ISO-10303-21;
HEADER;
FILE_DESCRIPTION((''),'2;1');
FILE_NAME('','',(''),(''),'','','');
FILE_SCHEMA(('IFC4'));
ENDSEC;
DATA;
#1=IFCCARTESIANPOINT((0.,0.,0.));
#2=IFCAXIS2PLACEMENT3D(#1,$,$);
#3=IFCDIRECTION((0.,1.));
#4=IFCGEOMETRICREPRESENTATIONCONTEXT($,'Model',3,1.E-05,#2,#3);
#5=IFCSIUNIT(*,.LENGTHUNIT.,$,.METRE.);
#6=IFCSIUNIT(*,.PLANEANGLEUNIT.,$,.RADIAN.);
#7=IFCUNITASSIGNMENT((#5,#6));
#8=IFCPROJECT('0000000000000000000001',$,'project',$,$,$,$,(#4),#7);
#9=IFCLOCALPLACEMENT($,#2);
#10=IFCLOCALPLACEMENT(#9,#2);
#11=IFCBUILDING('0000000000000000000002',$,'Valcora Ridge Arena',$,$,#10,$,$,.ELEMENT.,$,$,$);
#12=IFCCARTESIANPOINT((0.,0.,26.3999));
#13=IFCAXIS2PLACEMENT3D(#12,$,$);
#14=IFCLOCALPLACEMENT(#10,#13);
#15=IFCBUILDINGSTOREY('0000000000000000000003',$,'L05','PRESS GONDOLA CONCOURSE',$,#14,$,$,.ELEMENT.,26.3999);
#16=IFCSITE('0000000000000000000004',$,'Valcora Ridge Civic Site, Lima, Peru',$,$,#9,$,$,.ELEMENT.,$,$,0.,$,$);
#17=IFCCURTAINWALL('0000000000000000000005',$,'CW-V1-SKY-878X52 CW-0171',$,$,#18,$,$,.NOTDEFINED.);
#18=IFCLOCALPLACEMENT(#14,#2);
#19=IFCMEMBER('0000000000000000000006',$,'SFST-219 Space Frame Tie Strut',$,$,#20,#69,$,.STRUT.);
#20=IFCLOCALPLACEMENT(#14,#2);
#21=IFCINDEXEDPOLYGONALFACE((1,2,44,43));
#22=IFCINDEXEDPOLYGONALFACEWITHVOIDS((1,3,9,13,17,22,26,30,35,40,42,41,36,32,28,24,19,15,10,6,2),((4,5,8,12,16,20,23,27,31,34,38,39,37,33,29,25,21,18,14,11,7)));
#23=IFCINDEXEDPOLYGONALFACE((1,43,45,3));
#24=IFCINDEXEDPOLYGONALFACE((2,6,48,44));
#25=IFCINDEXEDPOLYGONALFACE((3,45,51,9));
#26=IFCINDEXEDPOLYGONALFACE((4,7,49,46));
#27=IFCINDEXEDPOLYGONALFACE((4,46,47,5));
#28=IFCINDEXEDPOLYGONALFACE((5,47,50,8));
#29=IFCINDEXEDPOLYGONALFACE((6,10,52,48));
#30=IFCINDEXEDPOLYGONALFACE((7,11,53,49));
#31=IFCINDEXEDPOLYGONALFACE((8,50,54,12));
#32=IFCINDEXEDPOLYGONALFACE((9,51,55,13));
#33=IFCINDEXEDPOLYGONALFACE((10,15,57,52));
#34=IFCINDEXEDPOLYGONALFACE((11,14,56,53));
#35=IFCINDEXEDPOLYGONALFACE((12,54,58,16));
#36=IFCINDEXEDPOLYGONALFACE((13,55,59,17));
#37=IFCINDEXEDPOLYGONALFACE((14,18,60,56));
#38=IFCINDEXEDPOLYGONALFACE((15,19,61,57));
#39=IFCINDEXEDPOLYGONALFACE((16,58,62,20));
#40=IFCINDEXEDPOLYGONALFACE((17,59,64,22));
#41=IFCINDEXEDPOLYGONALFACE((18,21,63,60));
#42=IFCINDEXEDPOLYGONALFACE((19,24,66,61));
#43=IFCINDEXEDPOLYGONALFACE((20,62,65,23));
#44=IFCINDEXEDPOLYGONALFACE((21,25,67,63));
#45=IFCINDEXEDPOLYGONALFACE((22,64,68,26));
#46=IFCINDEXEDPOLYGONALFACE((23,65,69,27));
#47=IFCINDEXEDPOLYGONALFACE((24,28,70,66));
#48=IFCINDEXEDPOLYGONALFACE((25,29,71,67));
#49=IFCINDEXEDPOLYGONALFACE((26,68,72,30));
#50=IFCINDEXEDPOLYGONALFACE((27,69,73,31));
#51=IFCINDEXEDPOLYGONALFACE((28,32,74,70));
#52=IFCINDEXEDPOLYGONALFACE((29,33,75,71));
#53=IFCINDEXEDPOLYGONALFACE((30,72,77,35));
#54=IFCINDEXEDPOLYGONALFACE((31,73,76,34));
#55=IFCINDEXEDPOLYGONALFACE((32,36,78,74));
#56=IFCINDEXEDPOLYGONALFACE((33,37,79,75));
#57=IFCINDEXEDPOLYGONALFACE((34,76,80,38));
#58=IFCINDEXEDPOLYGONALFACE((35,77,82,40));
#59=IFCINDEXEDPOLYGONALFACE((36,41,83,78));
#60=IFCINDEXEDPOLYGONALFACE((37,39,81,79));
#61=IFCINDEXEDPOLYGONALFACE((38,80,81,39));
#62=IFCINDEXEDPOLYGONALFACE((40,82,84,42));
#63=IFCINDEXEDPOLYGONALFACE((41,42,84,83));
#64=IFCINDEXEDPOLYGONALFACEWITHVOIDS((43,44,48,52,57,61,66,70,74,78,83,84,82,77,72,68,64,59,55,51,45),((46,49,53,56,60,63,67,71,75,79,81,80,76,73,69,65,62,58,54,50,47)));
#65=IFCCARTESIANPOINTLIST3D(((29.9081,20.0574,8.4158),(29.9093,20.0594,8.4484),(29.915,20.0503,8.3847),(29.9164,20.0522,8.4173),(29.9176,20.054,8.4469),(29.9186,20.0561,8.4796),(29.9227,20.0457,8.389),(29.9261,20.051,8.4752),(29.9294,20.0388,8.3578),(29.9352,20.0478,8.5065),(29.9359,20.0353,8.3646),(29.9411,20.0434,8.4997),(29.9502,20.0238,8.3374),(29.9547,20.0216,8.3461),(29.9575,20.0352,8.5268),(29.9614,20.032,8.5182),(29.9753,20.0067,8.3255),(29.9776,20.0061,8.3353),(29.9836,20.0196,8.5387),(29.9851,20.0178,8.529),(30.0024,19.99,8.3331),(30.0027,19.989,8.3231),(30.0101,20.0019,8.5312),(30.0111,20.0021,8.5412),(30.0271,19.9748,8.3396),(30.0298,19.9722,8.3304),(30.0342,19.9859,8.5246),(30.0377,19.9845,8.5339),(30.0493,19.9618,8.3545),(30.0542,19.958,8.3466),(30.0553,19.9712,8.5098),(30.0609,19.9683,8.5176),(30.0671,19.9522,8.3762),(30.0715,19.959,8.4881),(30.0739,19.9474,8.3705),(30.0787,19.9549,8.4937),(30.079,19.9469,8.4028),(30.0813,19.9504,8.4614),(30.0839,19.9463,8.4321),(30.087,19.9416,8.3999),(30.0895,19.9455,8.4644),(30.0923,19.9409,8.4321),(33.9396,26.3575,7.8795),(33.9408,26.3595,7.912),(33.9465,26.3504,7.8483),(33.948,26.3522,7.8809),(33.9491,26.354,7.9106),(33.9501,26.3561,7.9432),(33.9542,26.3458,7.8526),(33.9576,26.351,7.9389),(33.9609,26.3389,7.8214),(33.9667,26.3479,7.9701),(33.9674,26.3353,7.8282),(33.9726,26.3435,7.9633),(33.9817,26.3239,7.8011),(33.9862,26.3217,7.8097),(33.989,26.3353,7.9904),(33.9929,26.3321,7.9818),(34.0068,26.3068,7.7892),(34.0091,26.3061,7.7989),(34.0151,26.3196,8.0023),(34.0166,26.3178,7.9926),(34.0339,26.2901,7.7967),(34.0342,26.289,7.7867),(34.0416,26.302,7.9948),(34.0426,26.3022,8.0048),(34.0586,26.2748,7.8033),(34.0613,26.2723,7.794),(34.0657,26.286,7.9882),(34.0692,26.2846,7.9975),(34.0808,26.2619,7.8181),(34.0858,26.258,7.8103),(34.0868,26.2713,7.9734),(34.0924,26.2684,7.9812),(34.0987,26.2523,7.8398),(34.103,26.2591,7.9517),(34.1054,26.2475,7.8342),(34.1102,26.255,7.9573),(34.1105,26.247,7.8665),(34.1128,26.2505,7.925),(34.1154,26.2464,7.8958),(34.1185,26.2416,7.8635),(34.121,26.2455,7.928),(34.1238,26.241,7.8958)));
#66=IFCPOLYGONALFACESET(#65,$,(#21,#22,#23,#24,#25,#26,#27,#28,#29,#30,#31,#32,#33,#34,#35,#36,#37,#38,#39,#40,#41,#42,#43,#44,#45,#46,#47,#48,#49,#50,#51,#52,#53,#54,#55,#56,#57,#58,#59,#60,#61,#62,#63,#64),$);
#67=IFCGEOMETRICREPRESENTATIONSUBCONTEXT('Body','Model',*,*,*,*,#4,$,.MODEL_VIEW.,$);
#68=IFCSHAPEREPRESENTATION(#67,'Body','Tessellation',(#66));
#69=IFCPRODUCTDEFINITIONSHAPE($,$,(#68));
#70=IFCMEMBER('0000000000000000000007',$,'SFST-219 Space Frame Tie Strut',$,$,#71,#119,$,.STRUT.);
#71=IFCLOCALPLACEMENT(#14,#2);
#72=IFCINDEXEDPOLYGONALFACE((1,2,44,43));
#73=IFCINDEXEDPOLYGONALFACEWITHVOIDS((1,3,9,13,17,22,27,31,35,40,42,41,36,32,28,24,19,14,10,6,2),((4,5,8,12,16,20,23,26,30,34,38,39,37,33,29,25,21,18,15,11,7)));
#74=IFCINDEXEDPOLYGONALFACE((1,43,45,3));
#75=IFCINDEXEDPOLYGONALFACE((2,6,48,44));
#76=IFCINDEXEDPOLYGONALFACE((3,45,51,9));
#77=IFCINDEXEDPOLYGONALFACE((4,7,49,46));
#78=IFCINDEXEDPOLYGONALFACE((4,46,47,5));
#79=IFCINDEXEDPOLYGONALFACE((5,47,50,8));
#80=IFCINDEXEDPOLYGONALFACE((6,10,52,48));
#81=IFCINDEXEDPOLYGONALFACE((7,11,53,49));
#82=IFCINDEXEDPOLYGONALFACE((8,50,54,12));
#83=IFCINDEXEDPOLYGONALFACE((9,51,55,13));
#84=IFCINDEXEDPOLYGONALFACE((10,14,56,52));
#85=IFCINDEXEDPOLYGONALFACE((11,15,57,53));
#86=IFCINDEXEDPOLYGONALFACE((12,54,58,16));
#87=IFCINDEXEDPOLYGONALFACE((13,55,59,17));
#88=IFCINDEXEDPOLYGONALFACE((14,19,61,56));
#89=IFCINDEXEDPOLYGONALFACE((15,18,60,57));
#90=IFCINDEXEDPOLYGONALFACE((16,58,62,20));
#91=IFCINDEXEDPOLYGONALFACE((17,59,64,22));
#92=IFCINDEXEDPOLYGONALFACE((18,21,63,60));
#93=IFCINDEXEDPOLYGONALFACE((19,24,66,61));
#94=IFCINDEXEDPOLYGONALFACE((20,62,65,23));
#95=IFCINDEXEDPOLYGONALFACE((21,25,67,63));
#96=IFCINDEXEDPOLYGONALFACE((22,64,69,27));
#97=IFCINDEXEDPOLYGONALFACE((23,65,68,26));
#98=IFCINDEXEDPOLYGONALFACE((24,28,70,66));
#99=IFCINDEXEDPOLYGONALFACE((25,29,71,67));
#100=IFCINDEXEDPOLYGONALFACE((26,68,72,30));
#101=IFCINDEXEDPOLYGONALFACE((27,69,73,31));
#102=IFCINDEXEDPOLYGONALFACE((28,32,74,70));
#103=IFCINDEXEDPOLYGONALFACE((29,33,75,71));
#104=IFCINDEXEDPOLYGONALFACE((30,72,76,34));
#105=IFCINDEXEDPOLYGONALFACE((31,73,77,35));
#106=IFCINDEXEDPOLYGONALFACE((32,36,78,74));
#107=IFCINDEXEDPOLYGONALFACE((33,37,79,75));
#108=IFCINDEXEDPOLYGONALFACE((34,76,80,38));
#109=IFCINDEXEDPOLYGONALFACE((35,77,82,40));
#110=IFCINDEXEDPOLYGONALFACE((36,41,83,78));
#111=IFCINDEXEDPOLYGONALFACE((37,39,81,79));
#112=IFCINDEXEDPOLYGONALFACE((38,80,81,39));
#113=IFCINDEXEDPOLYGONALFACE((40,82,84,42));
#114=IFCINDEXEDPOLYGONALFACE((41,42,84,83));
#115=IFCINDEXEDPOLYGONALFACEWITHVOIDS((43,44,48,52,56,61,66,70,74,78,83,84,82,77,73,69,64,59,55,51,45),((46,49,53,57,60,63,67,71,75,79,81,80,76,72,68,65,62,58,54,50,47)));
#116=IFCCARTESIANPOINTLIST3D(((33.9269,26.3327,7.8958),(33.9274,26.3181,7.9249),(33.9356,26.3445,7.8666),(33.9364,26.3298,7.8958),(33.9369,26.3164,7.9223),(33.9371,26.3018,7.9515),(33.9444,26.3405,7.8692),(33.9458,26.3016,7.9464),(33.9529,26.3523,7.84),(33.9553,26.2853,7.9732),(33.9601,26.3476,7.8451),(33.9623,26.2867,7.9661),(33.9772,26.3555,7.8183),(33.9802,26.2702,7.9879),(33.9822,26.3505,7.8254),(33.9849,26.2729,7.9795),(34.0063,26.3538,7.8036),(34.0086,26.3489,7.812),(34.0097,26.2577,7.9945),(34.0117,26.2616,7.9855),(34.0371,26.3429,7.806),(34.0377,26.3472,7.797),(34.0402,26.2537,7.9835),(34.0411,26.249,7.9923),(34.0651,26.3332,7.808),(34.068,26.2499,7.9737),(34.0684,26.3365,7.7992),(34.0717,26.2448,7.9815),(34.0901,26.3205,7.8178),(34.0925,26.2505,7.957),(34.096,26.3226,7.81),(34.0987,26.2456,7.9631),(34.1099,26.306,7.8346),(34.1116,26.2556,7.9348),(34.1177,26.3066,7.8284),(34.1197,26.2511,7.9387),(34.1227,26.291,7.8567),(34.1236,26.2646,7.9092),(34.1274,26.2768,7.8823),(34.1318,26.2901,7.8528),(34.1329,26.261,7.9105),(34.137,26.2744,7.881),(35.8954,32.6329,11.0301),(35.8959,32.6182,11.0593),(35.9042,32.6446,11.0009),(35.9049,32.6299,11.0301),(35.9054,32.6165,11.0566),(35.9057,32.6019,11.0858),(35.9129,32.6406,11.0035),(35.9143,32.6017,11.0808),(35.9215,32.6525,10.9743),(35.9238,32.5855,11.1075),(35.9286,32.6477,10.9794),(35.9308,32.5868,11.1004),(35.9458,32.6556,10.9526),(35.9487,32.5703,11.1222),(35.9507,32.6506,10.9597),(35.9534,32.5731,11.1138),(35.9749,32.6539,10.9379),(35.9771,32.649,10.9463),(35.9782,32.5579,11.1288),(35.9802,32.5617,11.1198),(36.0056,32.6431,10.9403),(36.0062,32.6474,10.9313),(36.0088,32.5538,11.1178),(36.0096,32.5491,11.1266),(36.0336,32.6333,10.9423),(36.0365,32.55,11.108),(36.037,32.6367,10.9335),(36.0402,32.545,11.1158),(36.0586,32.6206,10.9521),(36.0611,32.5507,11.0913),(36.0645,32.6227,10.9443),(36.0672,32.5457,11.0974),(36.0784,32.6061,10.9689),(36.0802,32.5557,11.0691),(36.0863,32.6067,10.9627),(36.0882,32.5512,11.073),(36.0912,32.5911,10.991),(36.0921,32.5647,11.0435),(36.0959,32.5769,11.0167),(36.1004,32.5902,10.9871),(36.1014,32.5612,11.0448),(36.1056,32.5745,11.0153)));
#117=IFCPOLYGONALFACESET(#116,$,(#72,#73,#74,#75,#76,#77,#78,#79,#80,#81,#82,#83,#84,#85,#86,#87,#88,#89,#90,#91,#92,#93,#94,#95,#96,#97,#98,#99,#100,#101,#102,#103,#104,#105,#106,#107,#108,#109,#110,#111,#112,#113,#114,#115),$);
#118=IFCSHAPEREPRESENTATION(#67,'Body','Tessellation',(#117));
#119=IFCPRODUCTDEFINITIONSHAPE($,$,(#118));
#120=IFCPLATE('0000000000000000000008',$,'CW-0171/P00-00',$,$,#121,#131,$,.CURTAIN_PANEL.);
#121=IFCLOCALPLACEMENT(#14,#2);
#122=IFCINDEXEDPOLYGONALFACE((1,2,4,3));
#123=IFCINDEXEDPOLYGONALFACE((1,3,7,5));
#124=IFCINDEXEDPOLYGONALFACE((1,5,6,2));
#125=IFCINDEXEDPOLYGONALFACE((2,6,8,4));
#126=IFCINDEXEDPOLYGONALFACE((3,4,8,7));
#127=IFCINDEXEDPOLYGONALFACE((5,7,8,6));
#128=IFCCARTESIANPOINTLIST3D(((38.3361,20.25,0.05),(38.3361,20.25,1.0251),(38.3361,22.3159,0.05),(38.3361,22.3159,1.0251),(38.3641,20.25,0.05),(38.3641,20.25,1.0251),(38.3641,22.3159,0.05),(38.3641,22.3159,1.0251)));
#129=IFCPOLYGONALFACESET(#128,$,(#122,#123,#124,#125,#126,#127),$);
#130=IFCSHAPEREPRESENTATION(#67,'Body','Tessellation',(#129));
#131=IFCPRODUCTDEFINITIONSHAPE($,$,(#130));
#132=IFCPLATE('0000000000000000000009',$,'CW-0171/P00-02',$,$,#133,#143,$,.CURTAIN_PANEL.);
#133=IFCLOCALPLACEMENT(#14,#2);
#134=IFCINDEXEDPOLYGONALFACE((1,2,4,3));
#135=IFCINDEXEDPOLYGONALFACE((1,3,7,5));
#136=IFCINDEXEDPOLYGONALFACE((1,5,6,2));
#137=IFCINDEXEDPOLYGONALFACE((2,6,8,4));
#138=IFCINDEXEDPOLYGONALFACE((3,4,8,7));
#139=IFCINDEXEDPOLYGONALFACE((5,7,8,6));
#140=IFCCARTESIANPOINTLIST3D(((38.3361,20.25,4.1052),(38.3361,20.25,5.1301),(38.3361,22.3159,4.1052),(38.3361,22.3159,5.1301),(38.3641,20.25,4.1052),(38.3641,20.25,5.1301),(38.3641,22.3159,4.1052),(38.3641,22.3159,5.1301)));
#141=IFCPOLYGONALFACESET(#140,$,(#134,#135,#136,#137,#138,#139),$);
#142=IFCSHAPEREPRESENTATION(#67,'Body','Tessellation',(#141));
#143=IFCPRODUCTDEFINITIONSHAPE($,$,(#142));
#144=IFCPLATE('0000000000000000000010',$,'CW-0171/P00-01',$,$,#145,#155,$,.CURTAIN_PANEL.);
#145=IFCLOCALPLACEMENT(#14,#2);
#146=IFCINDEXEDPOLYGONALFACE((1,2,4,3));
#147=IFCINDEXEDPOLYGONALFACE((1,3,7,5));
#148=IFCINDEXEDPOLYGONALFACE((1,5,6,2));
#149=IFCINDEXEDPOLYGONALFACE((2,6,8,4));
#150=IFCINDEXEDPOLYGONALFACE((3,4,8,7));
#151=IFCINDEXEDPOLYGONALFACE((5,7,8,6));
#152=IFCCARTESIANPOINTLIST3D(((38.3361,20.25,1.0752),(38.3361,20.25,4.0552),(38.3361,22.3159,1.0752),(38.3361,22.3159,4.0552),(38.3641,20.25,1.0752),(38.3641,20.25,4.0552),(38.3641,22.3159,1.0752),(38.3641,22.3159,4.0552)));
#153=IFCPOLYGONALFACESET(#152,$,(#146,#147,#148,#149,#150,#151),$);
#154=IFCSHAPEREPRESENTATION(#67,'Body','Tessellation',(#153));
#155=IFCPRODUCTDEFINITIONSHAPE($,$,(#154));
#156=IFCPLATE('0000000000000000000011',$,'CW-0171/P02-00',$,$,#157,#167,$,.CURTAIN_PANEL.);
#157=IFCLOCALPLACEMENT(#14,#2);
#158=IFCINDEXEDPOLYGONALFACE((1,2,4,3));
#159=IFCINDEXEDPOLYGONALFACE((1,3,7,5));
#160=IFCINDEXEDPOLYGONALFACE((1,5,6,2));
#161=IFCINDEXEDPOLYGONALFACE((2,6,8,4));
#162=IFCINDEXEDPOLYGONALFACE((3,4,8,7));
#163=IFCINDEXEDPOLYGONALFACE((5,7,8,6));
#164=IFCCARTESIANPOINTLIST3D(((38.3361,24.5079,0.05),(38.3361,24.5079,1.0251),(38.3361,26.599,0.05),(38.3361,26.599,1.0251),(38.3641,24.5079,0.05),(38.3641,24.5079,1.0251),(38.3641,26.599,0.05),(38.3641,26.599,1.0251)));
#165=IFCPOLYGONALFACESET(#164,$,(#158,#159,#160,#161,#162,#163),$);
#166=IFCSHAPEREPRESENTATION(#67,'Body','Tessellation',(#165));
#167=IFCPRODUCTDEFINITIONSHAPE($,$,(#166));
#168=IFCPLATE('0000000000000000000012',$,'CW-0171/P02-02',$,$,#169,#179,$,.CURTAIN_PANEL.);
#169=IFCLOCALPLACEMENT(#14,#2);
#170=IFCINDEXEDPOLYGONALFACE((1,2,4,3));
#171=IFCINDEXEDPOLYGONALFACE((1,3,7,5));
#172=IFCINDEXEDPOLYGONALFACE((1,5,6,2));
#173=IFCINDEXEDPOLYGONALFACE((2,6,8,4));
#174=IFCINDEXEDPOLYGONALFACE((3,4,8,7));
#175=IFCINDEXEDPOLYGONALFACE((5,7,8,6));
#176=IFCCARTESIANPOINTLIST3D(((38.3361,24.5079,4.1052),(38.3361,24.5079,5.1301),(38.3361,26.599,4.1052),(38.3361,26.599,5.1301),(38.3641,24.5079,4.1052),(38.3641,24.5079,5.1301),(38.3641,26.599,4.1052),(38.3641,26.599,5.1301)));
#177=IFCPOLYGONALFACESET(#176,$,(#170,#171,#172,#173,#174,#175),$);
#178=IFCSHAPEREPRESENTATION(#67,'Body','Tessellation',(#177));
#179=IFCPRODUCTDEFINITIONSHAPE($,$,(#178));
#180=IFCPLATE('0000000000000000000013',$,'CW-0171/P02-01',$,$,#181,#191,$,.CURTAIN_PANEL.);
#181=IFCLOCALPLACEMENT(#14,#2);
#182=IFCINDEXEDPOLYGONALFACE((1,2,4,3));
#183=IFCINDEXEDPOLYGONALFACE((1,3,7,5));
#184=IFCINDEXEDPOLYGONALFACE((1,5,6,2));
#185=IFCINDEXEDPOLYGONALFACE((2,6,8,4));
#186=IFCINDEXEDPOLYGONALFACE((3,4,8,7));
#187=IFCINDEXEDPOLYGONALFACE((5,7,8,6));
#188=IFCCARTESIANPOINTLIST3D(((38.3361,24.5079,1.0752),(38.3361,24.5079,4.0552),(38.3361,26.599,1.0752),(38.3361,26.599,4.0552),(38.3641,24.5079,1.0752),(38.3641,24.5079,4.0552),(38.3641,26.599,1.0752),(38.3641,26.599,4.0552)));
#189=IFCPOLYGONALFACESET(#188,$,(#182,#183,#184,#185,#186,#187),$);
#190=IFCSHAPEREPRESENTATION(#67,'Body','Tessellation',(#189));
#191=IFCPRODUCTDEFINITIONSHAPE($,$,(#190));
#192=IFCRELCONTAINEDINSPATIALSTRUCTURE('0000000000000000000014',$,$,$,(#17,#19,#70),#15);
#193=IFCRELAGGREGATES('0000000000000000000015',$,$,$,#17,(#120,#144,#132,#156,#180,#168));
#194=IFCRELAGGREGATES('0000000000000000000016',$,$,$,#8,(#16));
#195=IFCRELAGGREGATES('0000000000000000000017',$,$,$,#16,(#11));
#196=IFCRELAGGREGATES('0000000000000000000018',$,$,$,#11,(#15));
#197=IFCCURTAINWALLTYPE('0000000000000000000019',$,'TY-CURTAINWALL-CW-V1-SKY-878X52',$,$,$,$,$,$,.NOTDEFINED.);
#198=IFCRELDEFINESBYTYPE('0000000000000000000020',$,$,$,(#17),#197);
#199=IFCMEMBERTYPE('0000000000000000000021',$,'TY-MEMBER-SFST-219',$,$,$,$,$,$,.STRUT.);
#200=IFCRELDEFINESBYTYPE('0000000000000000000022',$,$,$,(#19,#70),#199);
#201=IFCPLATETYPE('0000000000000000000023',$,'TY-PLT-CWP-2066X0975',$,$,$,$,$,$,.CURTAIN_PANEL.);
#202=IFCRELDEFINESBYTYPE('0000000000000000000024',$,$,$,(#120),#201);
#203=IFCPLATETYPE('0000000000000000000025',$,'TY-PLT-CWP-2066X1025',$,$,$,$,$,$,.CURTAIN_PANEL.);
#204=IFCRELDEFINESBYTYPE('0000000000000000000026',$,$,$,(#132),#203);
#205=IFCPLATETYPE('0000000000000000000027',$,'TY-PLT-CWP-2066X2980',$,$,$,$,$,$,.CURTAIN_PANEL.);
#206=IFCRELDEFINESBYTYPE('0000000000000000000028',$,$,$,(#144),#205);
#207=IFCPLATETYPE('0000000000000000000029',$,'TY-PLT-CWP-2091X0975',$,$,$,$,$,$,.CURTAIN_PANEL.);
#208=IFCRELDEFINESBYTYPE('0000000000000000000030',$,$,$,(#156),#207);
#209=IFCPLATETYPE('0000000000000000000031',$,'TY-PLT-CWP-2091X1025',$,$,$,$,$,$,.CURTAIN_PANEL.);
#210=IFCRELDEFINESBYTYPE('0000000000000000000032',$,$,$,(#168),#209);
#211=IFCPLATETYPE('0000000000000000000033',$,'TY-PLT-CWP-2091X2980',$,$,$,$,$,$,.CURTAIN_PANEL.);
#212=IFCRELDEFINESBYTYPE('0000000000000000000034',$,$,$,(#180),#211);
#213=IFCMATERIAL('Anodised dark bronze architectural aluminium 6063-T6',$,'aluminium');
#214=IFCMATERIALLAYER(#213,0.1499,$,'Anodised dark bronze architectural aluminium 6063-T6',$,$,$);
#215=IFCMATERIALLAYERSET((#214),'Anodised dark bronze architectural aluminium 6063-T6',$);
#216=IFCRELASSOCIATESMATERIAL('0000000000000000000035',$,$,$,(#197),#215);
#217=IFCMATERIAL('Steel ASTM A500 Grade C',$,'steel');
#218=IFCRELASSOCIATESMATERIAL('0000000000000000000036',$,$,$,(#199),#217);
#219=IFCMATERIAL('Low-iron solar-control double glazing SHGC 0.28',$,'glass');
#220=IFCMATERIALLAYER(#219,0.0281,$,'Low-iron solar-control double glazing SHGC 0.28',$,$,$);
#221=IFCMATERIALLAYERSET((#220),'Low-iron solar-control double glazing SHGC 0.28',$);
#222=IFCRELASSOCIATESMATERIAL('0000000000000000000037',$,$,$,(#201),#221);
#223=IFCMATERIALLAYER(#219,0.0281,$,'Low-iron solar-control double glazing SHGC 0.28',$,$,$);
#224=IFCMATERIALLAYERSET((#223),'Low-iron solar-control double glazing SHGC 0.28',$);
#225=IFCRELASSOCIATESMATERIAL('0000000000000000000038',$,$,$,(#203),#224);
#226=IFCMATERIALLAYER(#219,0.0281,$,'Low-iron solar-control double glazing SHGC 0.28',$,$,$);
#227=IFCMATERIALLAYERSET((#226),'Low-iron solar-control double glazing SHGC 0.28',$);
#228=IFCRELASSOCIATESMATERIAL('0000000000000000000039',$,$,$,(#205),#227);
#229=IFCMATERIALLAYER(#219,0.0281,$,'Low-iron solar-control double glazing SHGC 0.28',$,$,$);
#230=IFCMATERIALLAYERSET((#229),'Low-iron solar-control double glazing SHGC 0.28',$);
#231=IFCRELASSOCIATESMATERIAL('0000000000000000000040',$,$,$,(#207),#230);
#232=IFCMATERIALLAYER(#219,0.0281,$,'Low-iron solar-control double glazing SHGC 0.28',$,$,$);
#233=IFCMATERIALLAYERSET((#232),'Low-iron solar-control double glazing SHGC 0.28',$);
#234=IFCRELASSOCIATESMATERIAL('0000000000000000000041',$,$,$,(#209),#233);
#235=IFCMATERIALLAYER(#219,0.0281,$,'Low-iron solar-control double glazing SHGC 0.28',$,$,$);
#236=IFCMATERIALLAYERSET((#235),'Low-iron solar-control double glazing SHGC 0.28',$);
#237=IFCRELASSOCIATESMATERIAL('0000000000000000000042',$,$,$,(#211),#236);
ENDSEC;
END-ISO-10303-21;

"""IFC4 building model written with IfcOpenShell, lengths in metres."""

from ifc_helpers import new_model, si_unit, direction, frame, origin, origin_2d, place, context, subcontext, project, spatial, rectangle, hollow_circle, extrude, material, layer, layer_set, material_profile, profile_set, type_object, element, aggregate, save


model = new_model("IFC4")

# Units and contexts
model_context = context("Model", 3, precision=1e-05, world=origin(), true_north=direction((0.0, 1.0)))
body_context = subcontext(model_context, "Body", "Model", "MODEL_VIEW")
ifc_project = project(units=[si_unit("LENGTHUNIT", "METRE"), si_unit("PLANEANGLEUNIT", "RADIAN")], contexts=[model_context])

# Site, building, storey
site_placement = place(None, origin())
site = spatial("IfcSite", under=ifc_project, at=site_placement, Name="Valcora Ridge Civic Site, Lima, Peru", CompositionType="ELEMENT", RefElevation=0.0)
building_placement = place(site_placement, origin())
building = spatial("IfcBuilding", under=site, at=building_placement, Name="Valcora Ridge Arena", CompositionType="ELEMENT")
storey_placement = place(building_placement, frame((0.0, 0.0, 26.3999)))
storey = spatial("IfcBuildingStorey", under=building, at=storey_placement, Name="L05", Description="PRESS GONDOLA CONCOURSE", CompositionType="ELEMENT", Elevation=26.3999)

# Curtain wall
ifc_material_1 = material(Name="Anodised dark bronze architectural aluminium 6063-T6", Category="aluminium")
ifc_layer_1 = layer(ifc_material_1, 0.1499, Name="Anodised dark bronze architectural aluminium 6063-T6")
ifc_layer_set_1 = layer_set([ifc_layer_1], Name="Anodised dark bronze architectural aluminium 6063-T6")
curtain_wall_type = type_object("IfcCurtainWallType", Name="TY-CURTAINWALL-CW-V1-SKY-878X52", PredefinedType="NOTDEFINED", material=ifc_layer_set_1)
curtain_wall_placement = place(storey_placement, origin())
curtain_wall = element("IfcCurtainWall", 1, at=curtain_wall_placement, inside=storey, type_object=curtain_wall_type, Name="CW-V1-SKY-878X52 CW-0171", PredefinedType="NOTDEFINED")

# Members
ifc_material_2 = material(Name="Steel ASTM A500 Grade C", Category="steel")
ifc_material_profile_1 = material_profile(ifc_material_2, hollow_circle(Radius=0.1096, WallThickness=0.01, at=origin_2d()), Name="CHS219X10")
ifc_profile_set_1 = profile_set([ifc_material_profile_1], Name="Steel ASTM A500 Grade C")
member_type_1 = type_object("IfcMemberType", Name="TY-MEMBER-SFST-219", PredefinedType="STRUT", material=ifc_profile_set_1)
member_1_placement = place(storey_placement, frame((34.0315, 26.3, 7.8958), z_axis=(-0.537622, -0.840146, 0.071529), x_axis=(0.842304, -0.539003, 0.0)))
element("IfcMember", 2, at=member_1_placement, inside=storey, type_object=member_type_1, Name="SFST-219 Space Frame Tie Strut", PredefinedType="STRUT", context=body_context, shape_type="SweptSolid", body=[
    extrude(hollow_circle(Radius=0.1096, WallThickness=0.01, at=origin_2d()), origin(), (0.0, 0.0, 1.0), 7.4988),
])
member_2_placement = place(storey_placement, frame((34.0315, 26.3, 7.8958), z_axis=(0.269407, 0.862217, 0.428953), x_axis=(-0.954491, 0.298239, 0.0)))
element("IfcMember", 3, at=member_2_placement, inside=storey, type_object=member_type_1, Name="SFST-219 Space Frame Tie Strut", PredefinedType="STRUT", context=body_context, shape_type="SweptSolid", body=[
    extrude(hollow_circle(Radius=0.1096, WallThickness=0.01, at=origin_2d()), origin(), (0.0, 0.0, 1.0), 7.3069),
])

# Plates
ifc_material_3 = material(Name="Low-iron solar-control double glazing SHGC 0.28", Category="glass")
ifc_layer_2 = layer(ifc_material_3, 0.0281, Name="Low-iron solar-control double glazing SHGC 0.28")
ifc_layer_set_2 = layer_set([ifc_layer_2], Name="Low-iron solar-control double glazing SHGC 0.28")
plate_type_1 = type_object("IfcPlateType", Name="TY-PLT-CWP-2066X0975", PredefinedType="CURTAIN_PANEL", material=ifc_layer_set_2)
plate_1_placement = place(storey_placement, frame((38.3501, 21.283, 0.05), z_axis=(0.0, 0.0, 1.0), x_axis=(0.0, 1.0, 0.0)))
plate_1 = element("IfcPlate", 4, at=plate_1_placement, type_object=plate_type_1, Name="CW-0171/P00-00", PredefinedType="CURTAIN_PANEL", context=body_context, shape_type="SweptSolid", body=[
    extrude(rectangle(XDim=2.0659, YDim=0.0281, at=origin_2d()), origin(), (0.0, 0.0, 1.0), 0.9751),
])
ifc_layer_3 = layer(ifc_material_3, 0.0281, Name="Low-iron solar-control double glazing SHGC 0.28")
ifc_layer_set_3 = layer_set([ifc_layer_3], Name="Low-iron solar-control double glazing SHGC 0.28")
plate_type_2 = type_object("IfcPlateType", Name="TY-PLT-CWP-2066X1025", PredefinedType="CURTAIN_PANEL", material=ifc_layer_set_3)
plate_2_placement = place(storey_placement, frame((38.3501, 21.283, 4.1052), z_axis=(0.0, 0.0, 1.0), x_axis=(0.0, 1.0, 0.0)))
plate_2 = element("IfcPlate", 5, at=plate_2_placement, type_object=plate_type_2, Name="CW-0171/P00-02", PredefinedType="CURTAIN_PANEL", context=body_context, shape_type="SweptSolid", body=[
    extrude(rectangle(XDim=2.0659, YDim=0.0281, at=origin_2d()), origin(), (0.0, 0.0, 1.0), 1.0249),
])
ifc_layer_4 = layer(ifc_material_3, 0.0281, Name="Low-iron solar-control double glazing SHGC 0.28")
ifc_layer_set_4 = layer_set([ifc_layer_4], Name="Low-iron solar-control double glazing SHGC 0.28")
plate_type_3 = type_object("IfcPlateType", Name="TY-PLT-CWP-2066X2980", PredefinedType="CURTAIN_PANEL", material=ifc_layer_set_4)
plate_3_placement = place(storey_placement, frame((38.3501, 21.283, 1.0752), z_axis=(0.0, 0.0, 1.0), x_axis=(0.0, 1.0, 0.0)))
plate_3 = element("IfcPlate", 6, at=plate_3_placement, type_object=plate_type_3, Name="CW-0171/P00-01", PredefinedType="CURTAIN_PANEL", context=body_context, shape_type="SweptSolid", body=[
    extrude(rectangle(XDim=2.0659, YDim=0.0281, at=origin_2d()), origin(), (0.0, 0.0, 1.0), 2.98),
])
ifc_layer_5 = layer(ifc_material_3, 0.0281, Name="Low-iron solar-control double glazing SHGC 0.28")
ifc_layer_set_5 = layer_set([ifc_layer_5], Name="Low-iron solar-control double glazing SHGC 0.28")
plate_type_4 = type_object("IfcPlateType", Name="TY-PLT-CWP-2091X0975", PredefinedType="CURTAIN_PANEL", material=ifc_layer_set_5)
plate_4_placement = place(storey_placement, frame((38.3501, 25.5535, 0.05), z_axis=(0.0, 0.0, 1.0), x_axis=(0.0, 1.0, 0.0)))
plate_4 = element("IfcPlate", 7, at=plate_4_placement, type_object=plate_type_4, Name="CW-0171/P02-00", PredefinedType="CURTAIN_PANEL", context=body_context, shape_type="SweptSolid", body=[
    extrude(rectangle(XDim=2.0911, YDim=0.0281, at=origin_2d()), origin(), (0.0, 0.0, 1.0), 0.9751),
])
ifc_layer_6 = layer(ifc_material_3, 0.0281, Name="Low-iron solar-control double glazing SHGC 0.28")
ifc_layer_set_6 = layer_set([ifc_layer_6], Name="Low-iron solar-control double glazing SHGC 0.28")
plate_type_5 = type_object("IfcPlateType", Name="TY-PLT-CWP-2091X1025", PredefinedType="CURTAIN_PANEL", material=ifc_layer_set_6)
plate_5_placement = place(storey_placement, frame((38.3501, 25.5535, 4.1052), z_axis=(0.0, 0.0, 1.0), x_axis=(0.0, 1.0, 0.0)))
plate_5 = element("IfcPlate", 8, at=plate_5_placement, type_object=plate_type_5, Name="CW-0171/P02-02", PredefinedType="CURTAIN_PANEL", context=body_context, shape_type="SweptSolid", body=[
    extrude(rectangle(XDim=2.0911, YDim=0.0281, at=origin_2d()), origin(), (0.0, 0.0, 1.0), 1.0249),
])
ifc_layer_7 = layer(ifc_material_3, 0.0281, Name="Low-iron solar-control double glazing SHGC 0.28")
ifc_layer_set_7 = layer_set([ifc_layer_7], Name="Low-iron solar-control double glazing SHGC 0.28")
plate_type_6 = type_object("IfcPlateType", Name="TY-PLT-CWP-2091X2980", PredefinedType="CURTAIN_PANEL", material=ifc_layer_set_7)
plate_6_placement = place(storey_placement, frame((38.3501, 25.5535, 1.0752), z_axis=(0.0, 0.0, 1.0), x_axis=(0.0, 1.0, 0.0)))
plate_6 = element("IfcPlate", 9, at=plate_6_placement, type_object=plate_type_6, Name="CW-0171/P02-01", PredefinedType="CURTAIN_PANEL", context=body_context, shape_type="SweptSolid", body=[
    extrude(rectangle(XDim=2.0911, YDim=0.0281, at=origin_2d()), origin(), (0.0, 0.0, 1.0), 2.98),
])
aggregate(curtain_wall, [plate_1, plate_3, plate_2, plate_4, plate_6, plate_5])

save(model, "model.ifc")
